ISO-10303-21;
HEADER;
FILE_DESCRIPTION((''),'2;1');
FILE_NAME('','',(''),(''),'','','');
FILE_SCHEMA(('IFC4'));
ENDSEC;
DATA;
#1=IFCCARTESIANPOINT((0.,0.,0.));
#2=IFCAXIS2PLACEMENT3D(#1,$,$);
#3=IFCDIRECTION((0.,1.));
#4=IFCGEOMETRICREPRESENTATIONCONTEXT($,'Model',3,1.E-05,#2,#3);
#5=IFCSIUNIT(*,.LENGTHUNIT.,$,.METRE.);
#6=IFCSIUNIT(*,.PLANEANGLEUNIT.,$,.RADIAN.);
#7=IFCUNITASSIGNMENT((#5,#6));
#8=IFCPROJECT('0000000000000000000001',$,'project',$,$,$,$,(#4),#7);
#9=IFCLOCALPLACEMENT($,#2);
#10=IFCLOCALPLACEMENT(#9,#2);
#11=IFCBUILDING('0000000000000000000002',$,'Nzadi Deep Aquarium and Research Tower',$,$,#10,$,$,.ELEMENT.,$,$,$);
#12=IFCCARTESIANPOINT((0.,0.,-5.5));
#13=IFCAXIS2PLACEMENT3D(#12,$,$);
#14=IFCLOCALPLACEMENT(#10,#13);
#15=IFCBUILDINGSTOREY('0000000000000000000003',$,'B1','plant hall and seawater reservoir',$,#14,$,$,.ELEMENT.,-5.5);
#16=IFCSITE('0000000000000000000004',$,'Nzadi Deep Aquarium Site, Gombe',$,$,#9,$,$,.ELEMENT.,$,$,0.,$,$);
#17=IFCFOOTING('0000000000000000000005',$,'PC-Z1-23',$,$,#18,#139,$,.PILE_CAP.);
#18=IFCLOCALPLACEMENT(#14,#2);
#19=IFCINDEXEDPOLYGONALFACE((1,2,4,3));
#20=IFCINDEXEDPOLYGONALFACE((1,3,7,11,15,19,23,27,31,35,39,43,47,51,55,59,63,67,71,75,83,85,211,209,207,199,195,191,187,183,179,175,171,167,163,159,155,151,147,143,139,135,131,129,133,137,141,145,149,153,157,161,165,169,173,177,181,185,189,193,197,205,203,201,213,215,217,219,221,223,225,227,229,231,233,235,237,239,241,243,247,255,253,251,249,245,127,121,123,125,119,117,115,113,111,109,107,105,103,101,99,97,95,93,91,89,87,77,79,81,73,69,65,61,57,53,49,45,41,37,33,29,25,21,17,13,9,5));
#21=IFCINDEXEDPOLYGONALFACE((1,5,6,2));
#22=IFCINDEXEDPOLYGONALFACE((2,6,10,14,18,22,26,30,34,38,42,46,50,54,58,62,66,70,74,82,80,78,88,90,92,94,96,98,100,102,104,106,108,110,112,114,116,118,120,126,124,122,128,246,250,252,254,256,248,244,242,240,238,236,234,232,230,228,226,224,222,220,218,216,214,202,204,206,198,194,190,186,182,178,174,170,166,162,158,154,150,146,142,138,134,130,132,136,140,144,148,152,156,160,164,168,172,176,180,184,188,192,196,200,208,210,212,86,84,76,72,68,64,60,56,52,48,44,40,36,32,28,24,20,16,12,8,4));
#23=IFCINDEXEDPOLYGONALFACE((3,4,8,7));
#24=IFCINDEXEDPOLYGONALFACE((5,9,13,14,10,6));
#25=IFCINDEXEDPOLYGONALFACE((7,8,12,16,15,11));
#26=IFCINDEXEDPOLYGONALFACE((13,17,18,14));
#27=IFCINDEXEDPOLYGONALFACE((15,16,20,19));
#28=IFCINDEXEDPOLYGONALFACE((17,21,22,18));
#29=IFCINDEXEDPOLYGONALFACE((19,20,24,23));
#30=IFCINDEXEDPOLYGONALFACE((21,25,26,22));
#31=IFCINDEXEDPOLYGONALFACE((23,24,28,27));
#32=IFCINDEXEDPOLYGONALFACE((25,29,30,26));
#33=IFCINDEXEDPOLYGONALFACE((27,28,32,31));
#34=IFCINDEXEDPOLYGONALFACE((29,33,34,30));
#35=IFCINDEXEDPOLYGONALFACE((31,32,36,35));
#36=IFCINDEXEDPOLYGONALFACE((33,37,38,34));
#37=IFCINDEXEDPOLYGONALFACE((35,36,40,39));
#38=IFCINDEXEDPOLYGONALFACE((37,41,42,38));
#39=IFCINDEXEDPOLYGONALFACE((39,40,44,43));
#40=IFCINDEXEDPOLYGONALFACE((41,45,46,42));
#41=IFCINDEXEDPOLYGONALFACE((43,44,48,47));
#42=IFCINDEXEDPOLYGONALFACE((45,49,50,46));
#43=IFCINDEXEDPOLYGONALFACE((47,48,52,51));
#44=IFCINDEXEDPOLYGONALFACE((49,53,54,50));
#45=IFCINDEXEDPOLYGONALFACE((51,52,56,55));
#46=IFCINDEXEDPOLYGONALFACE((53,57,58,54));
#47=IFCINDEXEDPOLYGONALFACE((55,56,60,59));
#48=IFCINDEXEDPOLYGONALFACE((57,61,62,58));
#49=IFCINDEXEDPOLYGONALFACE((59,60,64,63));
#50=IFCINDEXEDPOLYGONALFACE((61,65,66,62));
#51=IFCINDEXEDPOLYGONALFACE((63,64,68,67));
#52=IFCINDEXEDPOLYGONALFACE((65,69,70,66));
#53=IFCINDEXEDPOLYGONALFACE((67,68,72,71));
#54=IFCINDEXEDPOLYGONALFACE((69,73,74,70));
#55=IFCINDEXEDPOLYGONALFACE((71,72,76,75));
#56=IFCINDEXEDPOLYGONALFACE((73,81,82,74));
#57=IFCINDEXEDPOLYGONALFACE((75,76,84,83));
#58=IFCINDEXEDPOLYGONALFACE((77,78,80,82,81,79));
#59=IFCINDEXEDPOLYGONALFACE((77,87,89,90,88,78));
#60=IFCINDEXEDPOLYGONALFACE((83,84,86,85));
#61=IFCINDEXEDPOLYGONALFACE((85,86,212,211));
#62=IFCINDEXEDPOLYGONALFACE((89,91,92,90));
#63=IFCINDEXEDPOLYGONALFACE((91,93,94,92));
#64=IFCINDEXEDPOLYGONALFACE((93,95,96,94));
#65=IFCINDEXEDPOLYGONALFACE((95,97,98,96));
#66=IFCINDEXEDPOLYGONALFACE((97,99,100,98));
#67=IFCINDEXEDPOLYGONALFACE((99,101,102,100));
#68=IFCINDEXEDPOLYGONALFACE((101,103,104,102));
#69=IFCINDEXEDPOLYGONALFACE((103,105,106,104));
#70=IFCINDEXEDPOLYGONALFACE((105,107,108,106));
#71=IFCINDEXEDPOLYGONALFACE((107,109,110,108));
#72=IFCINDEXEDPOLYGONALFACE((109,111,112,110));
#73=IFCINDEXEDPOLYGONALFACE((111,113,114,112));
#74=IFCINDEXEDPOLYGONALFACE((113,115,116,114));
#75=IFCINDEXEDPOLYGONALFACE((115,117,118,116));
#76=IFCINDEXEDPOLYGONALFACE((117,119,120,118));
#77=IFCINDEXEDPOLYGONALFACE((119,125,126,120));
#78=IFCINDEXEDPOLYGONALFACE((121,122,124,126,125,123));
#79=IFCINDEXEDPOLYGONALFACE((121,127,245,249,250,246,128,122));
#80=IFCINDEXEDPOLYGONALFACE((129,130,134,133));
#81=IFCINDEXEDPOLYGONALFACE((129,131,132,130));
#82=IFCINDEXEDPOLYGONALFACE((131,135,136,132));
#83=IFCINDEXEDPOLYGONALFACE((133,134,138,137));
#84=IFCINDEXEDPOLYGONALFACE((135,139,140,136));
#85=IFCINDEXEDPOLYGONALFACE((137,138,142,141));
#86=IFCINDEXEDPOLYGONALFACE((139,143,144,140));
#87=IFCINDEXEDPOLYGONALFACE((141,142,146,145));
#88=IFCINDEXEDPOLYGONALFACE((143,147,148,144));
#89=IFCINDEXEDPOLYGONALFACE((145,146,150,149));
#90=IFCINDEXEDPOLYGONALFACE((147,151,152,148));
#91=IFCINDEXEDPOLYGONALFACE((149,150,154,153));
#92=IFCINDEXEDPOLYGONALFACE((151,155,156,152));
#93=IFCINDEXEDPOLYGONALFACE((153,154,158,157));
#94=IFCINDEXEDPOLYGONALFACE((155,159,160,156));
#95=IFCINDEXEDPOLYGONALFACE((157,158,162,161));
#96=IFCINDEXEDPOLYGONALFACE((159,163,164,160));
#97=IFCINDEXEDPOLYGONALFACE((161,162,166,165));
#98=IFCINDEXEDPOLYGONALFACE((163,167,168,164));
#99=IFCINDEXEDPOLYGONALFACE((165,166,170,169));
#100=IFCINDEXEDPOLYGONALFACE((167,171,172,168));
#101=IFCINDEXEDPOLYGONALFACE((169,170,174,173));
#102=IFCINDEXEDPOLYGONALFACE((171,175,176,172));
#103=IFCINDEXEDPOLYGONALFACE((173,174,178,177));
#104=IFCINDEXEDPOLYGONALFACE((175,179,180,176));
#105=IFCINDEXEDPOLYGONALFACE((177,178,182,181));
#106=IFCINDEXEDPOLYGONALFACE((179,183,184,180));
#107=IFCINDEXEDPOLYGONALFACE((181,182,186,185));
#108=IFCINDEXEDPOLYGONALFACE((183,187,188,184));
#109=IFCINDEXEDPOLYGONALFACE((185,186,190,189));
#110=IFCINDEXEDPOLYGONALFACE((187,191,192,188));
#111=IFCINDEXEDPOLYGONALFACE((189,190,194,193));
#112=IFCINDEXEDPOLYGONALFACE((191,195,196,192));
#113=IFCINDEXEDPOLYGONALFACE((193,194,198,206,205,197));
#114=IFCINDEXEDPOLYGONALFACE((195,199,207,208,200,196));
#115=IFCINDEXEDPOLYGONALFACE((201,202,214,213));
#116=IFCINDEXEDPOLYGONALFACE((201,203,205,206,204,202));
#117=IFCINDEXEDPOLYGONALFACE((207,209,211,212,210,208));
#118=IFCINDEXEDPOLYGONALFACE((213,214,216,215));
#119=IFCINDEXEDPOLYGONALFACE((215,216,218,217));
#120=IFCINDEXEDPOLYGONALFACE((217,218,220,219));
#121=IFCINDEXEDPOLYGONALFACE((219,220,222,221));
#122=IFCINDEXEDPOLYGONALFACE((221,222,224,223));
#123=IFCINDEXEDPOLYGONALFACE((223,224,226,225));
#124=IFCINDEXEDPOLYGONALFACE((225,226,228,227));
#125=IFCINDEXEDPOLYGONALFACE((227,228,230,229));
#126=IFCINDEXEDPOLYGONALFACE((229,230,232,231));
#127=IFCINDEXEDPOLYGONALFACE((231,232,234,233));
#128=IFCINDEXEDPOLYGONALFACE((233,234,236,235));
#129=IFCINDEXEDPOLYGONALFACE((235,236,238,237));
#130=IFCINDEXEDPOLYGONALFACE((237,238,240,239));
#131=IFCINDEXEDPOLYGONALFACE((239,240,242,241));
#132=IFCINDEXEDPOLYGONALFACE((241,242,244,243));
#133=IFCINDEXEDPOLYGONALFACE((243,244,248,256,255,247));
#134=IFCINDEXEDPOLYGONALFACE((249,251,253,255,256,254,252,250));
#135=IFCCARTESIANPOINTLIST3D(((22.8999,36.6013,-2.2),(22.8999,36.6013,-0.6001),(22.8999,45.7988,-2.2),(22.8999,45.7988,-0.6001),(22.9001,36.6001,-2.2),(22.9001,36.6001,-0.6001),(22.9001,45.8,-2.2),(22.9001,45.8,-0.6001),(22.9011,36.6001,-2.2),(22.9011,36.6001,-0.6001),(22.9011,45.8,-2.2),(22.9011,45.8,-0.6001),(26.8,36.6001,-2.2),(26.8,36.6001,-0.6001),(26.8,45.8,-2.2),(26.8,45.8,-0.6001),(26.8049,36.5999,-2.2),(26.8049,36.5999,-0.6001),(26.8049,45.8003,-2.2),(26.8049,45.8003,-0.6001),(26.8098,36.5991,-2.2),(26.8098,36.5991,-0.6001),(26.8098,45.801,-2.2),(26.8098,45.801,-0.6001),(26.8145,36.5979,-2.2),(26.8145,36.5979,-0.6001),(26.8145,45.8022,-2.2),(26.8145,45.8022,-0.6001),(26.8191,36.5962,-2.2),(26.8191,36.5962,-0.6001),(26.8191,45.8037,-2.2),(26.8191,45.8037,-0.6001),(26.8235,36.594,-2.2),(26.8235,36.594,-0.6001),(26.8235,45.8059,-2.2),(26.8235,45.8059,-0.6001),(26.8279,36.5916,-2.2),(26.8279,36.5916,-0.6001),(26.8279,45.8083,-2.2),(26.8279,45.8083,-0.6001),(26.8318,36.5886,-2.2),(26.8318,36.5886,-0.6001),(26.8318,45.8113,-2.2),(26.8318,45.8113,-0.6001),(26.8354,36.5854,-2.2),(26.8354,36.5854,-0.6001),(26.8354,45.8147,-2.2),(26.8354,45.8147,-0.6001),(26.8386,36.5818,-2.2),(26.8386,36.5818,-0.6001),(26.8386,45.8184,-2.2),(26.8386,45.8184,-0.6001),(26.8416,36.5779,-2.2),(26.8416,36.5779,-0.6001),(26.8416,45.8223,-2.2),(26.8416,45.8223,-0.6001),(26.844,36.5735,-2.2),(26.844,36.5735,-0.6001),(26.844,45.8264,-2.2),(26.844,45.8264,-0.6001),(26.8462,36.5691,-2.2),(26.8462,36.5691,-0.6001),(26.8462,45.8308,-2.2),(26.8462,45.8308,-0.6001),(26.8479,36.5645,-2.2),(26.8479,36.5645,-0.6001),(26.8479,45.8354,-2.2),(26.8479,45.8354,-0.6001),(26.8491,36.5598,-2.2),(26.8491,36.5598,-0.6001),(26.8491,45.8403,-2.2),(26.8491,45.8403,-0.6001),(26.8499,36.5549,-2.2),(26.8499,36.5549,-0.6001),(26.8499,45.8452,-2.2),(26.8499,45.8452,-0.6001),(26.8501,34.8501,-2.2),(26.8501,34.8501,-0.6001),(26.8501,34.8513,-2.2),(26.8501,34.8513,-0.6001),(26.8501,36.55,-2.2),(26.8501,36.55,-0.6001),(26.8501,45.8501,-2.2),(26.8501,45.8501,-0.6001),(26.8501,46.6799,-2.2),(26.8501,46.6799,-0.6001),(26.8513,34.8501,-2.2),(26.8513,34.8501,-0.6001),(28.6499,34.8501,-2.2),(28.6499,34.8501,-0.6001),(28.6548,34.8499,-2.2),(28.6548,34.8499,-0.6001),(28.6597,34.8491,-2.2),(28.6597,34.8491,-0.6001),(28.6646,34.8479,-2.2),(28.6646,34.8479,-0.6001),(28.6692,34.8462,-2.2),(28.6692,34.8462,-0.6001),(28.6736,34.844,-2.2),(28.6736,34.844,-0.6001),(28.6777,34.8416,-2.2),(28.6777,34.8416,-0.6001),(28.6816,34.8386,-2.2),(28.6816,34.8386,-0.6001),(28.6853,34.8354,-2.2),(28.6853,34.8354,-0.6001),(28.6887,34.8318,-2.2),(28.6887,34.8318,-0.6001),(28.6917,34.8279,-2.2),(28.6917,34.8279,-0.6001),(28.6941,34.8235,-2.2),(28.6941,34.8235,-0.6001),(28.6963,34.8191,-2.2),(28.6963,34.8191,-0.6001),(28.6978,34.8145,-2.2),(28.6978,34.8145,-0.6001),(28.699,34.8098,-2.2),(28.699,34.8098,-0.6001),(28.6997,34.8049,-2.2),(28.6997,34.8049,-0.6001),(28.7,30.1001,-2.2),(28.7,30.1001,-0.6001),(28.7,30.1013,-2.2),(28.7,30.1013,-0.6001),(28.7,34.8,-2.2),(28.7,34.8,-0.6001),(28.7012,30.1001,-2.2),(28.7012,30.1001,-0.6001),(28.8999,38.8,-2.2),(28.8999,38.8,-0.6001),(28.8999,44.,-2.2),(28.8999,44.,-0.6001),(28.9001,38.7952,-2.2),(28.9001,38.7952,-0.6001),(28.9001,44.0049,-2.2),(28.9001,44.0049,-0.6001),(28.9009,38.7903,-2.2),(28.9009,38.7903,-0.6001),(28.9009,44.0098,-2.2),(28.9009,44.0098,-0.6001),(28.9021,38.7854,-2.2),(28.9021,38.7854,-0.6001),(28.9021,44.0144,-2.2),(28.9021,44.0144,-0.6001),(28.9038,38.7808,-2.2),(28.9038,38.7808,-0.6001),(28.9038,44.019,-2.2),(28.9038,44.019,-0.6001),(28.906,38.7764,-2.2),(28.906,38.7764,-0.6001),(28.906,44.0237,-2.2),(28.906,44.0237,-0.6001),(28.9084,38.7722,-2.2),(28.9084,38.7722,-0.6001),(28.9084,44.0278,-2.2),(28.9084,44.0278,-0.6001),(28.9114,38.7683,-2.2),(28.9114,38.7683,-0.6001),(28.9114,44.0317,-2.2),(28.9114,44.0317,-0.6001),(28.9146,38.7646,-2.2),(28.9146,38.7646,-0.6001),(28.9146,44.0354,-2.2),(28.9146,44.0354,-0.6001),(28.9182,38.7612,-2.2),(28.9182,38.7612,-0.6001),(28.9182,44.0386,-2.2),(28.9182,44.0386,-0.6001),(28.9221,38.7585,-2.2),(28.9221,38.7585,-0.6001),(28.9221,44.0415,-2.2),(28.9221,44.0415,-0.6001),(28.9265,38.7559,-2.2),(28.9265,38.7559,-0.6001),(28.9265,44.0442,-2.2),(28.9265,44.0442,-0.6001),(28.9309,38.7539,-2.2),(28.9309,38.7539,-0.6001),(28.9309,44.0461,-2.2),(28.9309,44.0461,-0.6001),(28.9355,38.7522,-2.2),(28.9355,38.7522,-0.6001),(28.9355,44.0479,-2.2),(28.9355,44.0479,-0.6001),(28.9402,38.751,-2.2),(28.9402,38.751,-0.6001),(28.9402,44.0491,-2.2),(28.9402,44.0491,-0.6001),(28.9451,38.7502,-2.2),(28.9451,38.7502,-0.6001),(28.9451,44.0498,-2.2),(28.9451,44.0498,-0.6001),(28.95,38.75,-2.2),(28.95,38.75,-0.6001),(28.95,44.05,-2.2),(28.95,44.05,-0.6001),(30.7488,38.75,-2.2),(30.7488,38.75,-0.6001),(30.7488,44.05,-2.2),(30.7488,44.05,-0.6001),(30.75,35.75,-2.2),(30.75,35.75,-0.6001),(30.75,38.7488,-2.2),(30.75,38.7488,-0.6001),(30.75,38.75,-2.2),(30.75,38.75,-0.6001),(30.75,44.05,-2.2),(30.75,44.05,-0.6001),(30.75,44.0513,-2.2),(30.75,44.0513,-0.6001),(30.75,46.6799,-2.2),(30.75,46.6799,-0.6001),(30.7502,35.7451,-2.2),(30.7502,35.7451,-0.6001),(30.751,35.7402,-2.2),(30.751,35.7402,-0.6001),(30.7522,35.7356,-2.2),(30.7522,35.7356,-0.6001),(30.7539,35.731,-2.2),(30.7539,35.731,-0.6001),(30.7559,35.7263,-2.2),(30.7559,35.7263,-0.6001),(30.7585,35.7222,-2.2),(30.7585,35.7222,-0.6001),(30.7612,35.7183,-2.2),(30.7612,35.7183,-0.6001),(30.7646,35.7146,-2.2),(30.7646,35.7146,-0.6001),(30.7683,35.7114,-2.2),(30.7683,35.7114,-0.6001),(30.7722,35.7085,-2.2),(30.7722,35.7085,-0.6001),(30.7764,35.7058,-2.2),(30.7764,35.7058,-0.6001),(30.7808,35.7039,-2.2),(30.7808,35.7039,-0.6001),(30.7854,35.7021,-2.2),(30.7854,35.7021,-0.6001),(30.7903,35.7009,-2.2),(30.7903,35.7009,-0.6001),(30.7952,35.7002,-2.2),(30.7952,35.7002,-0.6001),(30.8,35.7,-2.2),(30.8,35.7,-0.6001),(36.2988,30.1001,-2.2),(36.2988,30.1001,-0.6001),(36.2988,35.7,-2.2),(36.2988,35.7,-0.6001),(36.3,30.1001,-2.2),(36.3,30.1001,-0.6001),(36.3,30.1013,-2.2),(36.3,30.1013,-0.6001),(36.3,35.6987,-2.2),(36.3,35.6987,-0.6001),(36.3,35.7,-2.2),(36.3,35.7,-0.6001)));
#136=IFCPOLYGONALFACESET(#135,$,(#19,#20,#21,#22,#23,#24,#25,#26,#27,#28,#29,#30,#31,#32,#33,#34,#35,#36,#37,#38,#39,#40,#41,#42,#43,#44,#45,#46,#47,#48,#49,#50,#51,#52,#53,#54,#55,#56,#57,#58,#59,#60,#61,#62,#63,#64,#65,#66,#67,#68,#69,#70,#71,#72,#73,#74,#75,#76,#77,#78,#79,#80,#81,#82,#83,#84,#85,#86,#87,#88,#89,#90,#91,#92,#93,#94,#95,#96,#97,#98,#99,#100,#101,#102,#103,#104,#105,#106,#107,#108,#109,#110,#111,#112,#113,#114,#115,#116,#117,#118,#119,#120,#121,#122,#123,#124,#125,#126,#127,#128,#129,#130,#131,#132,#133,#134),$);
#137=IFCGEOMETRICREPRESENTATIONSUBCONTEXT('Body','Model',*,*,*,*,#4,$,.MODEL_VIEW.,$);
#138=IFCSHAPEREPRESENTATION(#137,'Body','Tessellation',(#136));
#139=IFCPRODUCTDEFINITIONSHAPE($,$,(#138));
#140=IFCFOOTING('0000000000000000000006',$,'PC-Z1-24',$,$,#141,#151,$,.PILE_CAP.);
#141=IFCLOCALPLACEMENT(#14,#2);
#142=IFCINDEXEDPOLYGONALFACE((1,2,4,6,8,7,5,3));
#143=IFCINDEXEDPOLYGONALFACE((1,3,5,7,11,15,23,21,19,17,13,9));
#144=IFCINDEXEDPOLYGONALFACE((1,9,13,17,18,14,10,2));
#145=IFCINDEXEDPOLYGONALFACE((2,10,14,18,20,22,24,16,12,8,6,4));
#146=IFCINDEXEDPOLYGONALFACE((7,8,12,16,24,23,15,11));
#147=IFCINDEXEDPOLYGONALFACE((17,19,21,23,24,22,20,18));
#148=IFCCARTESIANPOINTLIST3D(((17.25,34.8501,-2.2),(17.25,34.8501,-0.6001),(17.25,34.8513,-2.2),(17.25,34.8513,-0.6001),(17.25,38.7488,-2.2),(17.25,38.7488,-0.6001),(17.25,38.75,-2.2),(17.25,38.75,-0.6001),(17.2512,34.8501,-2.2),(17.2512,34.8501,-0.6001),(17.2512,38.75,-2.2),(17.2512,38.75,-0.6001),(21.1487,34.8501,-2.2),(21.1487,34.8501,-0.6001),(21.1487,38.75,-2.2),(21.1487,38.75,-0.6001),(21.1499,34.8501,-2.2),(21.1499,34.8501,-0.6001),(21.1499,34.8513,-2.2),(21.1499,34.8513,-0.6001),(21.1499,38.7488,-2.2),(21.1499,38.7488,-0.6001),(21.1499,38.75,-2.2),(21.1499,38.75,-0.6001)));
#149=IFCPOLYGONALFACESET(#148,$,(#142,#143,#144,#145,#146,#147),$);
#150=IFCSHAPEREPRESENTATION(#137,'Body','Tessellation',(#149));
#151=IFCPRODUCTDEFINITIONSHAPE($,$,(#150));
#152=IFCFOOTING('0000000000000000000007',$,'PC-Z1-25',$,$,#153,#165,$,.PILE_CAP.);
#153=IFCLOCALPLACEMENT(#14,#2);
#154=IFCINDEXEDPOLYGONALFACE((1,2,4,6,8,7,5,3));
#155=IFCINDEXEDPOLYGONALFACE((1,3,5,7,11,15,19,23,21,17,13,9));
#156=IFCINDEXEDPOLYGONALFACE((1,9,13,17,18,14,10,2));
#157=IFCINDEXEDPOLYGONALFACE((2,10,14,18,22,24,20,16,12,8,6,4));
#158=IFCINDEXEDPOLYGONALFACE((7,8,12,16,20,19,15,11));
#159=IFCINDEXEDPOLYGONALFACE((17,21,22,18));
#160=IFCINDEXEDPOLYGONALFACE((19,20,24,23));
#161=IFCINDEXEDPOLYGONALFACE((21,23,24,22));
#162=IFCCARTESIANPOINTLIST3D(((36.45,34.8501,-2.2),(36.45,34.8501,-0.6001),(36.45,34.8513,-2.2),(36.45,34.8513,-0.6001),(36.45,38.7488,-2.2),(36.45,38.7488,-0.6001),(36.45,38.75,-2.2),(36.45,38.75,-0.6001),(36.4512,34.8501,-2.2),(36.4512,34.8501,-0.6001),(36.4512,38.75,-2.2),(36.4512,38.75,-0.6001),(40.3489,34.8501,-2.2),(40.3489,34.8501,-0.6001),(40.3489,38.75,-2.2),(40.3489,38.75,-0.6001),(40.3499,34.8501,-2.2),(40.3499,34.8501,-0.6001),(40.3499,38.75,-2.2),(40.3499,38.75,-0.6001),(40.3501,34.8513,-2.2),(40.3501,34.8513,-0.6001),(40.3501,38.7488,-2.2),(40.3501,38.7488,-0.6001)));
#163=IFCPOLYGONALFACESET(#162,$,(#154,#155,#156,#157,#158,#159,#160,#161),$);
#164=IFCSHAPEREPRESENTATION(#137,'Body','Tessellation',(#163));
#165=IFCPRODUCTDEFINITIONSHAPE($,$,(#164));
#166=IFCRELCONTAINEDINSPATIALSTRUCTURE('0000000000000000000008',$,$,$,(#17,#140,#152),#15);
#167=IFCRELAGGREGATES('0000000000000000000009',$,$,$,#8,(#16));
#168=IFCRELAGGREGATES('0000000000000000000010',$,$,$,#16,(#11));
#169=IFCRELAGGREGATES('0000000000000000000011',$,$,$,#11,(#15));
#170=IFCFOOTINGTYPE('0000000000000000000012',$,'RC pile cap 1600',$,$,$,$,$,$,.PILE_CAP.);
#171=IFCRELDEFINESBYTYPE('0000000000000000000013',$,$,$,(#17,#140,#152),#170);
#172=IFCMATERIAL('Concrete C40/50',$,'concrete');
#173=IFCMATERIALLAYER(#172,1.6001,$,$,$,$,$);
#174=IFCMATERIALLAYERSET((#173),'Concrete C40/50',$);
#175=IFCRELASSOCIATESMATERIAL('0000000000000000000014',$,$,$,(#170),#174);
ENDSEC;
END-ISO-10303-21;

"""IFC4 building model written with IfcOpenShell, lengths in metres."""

from ifc_helpers import new_model, si_unit, direction, frame, origin, place, context, subcontext, project, spatial, polyline, outline, extrude, material, layer, layer_set, type_object, element, save


model = new_model("IFC4")

# Units and contexts
model_context = context("Model", 3, precision=1e-05, world=origin(), true_north=direction((0.0, 1.0)))
body_context = subcontext(model_context, "Body", "Model", "MODEL_VIEW")
ifc_project = project(units=[si_unit("LENGTHUNIT", "METRE"), si_unit("PLANEANGLEUNIT", "RADIAN")], contexts=[model_context])

# Site, building, storey
site_placement = place(None, origin())
site = spatial("IfcSite", under=ifc_project, at=site_placement, Name="Nzadi Deep Aquarium Site, Gombe", CompositionType="ELEMENT", RefElevation=0.0)
building_placement = place(site_placement, origin())
building = spatial("IfcBuilding", under=site, at=building_placement, Name="Nzadi Deep Aquarium and Research Tower", CompositionType="ELEMENT")
storey_placement = place(building_placement, frame((0.0, 0.0, -5.5)))
storey = spatial("IfcBuildingStorey", under=building, at=storey_placement, Name="B1", Description="plant hall and seawater reservoir", CompositionType="ELEMENT", Elevation=-5.5)

# Footings
ifc_material_1 = material(Name="Concrete C40/50", Category="concrete")
ifc_layer_1 = layer(ifc_material_1, 1.6001)
ifc_layer_set_1 = layer_set([ifc_layer_1], Name="Concrete C40/50")
footing_type_1 = type_object("IfcFootingType", Name="RC pile cap 1600", PredefinedType="PILE_CAP", material=ifc_layer_set_1)
footing_1_placement = place(storey_placement, frame((0.0, 0.0, -2.2)))
element("IfcFooting", 1, at=footing_1_placement, inside=storey, type_object=footing_type_1, Name="PC-Z1-23", PredefinedType="PILE_CAP", context=body_context, shape_type="SweptSolid", body=[
    extrude(outline(polyline([(22.8999, 45.7988), (22.8999, 36.6013), (22.9001, 36.6001), (22.9011, 36.6001), (26.8, 36.6001), (26.8049, 36.5999), (26.8098, 36.5991), (26.8145, 36.5979), (26.8191, 36.5962), (26.8235, 36.594), (26.8279, 36.5916), (26.8318, 36.5886), (26.8354, 36.5854), (26.8386, 36.5818), (26.8416, 36.5779), (26.844, 36.5735), (26.8462, 36.5691), (26.8479, 36.5645), (26.8491, 36.5598), (26.8499, 36.5549), (26.8501, 36.55), (26.8501, 34.8513), (26.8501, 34.8501), (26.8513, 34.8501), (28.6499, 34.8501), (28.6548, 34.8499), (28.6597, 34.8491), (28.6646, 34.8479), (28.6692, 34.8462), (28.6736, 34.844), (28.6777, 34.8416), (28.6816, 34.8386), (28.6853, 34.8354), (28.6887, 34.8318), (28.6917, 34.8279), (28.6941, 34.8235), (28.6963, 34.8191), (28.6978, 34.8145), (28.699, 34.8098), (28.6997, 34.8049), (28.7, 34.8), (28.7, 30.1013), (28.7, 30.1001), (28.7012, 30.1001), (36.2988, 30.1001), (36.3, 30.1001), (36.3, 30.1013), (36.3, 35.6987), (36.3, 35.7), (36.2988, 35.7), (30.8, 35.7), (30.7952, 35.7002), (30.7903, 35.7009), (30.7854, 35.7021), (30.7808, 35.7039), (30.7764, 35.7058), (30.7722, 35.7085), (30.7683, 35.7114), (30.7646, 35.7146), (30.7612, 35.7183), (30.7585, 35.7222), (30.7559, 35.7263), (30.7539, 35.731), (30.7522, 35.7356), (30.751, 35.7402), (30.7502, 35.7451), (30.75, 35.75), (30.75, 38.7488), (30.75, 38.75), (30.7488, 38.75), (28.95, 38.75), (28.9451, 38.7502), (28.9402, 38.751), (28.9355, 38.7522), (28.9309, 38.7539), (28.9265, 38.7559), (28.9221, 38.7585), (28.9182, 38.7612), (28.9146, 38.7646), (28.9114, 38.7683), (28.9084, 38.7722), (28.906, 38.7764), (28.9038, 38.7808), (28.9021, 38.7854), (28.9009, 38.7903), (28.9001, 38.7952), (28.8999, 38.8), (28.8999, 44.0), (28.9001, 44.0049), (28.9009, 44.0098), (28.9021, 44.0144), (28.9038, 44.019), (28.906, 44.0237), (28.9084, 44.0278), (28.9114, 44.0317), (28.9146, 44.0354), (28.9182, 44.0386), (28.9221, 44.0415), (28.9265, 44.0442), (28.9309, 44.0461), (28.9355, 44.0479), (28.9402, 44.0491), (28.9451, 44.0498), (28.95, 44.05), (30.7488, 44.05), (30.75, 44.05), (30.75, 44.0513), (30.75, 46.6799), (26.8501, 46.6799), (26.8501, 45.8501), (26.8499, 45.8452), (26.8491, 45.8403), (26.8479, 45.8354), (26.8462, 45.8308), (26.844, 45.8264), (26.8416, 45.8223), (26.8386, 45.8184), (26.8354, 45.8147), (26.8318, 45.8113), (26.8279, 45.8083), (26.8235, 45.8059), (26.8191, 45.8037), (26.8145, 45.8022), (26.8098, 45.801), (26.8049, 45.8003), (26.8, 45.8), (22.9011, 45.8), (22.9001, 45.8), (22.8999, 45.7988)])), origin(), (0.0, 0.0, 1.0), 1.5999),
])
footing_2_placement = place(storey_placement, frame((0.0, 0.0, -2.2)))
element("IfcFooting", 2, at=footing_2_placement, inside=storey, type_object=footing_type_1, Name="PC-Z1-24", PredefinedType="PILE_CAP", context=body_context, shape_type="SweptSolid", body=[
    extrude(outline(polyline([(17.25, 38.7488), (17.25, 34.8513), (17.25, 34.8501), (17.2512, 34.8501), (21.1487, 34.8501), (21.1499, 34.8501), (21.1499, 34.8513), (21.1499, 38.7488), (21.1499, 38.75), (21.1487, 38.75), (17.2512, 38.75), (17.25, 38.75), (17.25, 38.7488)])), origin(), (0.0, 0.0, 1.0), 1.5999),
])
footing_3_placement = place(storey_placement, frame((0.0, 0.0, -2.2)))
element("IfcFooting", 3, at=footing_3_placement, inside=storey, type_object=footing_type_1, Name="PC-Z1-25", PredefinedType="PILE_CAP", context=body_context, shape_type="SweptSolid", body=[
    extrude(outline(polyline([(36.45, 38.7488), (36.45, 34.8513), (36.45, 34.8501), (36.4512, 34.8501), (40.3489, 34.8501), (40.3499, 34.8501), (40.3501, 34.8513), (40.3501, 38.7488), (40.3499, 38.75), (40.3489, 38.75), (36.4512, 38.75), (36.45, 38.75), (36.45, 38.7488)])), origin(), (0.0, 0.0, 1.0), 1.5999),
])

save(model, "model.ifc")
